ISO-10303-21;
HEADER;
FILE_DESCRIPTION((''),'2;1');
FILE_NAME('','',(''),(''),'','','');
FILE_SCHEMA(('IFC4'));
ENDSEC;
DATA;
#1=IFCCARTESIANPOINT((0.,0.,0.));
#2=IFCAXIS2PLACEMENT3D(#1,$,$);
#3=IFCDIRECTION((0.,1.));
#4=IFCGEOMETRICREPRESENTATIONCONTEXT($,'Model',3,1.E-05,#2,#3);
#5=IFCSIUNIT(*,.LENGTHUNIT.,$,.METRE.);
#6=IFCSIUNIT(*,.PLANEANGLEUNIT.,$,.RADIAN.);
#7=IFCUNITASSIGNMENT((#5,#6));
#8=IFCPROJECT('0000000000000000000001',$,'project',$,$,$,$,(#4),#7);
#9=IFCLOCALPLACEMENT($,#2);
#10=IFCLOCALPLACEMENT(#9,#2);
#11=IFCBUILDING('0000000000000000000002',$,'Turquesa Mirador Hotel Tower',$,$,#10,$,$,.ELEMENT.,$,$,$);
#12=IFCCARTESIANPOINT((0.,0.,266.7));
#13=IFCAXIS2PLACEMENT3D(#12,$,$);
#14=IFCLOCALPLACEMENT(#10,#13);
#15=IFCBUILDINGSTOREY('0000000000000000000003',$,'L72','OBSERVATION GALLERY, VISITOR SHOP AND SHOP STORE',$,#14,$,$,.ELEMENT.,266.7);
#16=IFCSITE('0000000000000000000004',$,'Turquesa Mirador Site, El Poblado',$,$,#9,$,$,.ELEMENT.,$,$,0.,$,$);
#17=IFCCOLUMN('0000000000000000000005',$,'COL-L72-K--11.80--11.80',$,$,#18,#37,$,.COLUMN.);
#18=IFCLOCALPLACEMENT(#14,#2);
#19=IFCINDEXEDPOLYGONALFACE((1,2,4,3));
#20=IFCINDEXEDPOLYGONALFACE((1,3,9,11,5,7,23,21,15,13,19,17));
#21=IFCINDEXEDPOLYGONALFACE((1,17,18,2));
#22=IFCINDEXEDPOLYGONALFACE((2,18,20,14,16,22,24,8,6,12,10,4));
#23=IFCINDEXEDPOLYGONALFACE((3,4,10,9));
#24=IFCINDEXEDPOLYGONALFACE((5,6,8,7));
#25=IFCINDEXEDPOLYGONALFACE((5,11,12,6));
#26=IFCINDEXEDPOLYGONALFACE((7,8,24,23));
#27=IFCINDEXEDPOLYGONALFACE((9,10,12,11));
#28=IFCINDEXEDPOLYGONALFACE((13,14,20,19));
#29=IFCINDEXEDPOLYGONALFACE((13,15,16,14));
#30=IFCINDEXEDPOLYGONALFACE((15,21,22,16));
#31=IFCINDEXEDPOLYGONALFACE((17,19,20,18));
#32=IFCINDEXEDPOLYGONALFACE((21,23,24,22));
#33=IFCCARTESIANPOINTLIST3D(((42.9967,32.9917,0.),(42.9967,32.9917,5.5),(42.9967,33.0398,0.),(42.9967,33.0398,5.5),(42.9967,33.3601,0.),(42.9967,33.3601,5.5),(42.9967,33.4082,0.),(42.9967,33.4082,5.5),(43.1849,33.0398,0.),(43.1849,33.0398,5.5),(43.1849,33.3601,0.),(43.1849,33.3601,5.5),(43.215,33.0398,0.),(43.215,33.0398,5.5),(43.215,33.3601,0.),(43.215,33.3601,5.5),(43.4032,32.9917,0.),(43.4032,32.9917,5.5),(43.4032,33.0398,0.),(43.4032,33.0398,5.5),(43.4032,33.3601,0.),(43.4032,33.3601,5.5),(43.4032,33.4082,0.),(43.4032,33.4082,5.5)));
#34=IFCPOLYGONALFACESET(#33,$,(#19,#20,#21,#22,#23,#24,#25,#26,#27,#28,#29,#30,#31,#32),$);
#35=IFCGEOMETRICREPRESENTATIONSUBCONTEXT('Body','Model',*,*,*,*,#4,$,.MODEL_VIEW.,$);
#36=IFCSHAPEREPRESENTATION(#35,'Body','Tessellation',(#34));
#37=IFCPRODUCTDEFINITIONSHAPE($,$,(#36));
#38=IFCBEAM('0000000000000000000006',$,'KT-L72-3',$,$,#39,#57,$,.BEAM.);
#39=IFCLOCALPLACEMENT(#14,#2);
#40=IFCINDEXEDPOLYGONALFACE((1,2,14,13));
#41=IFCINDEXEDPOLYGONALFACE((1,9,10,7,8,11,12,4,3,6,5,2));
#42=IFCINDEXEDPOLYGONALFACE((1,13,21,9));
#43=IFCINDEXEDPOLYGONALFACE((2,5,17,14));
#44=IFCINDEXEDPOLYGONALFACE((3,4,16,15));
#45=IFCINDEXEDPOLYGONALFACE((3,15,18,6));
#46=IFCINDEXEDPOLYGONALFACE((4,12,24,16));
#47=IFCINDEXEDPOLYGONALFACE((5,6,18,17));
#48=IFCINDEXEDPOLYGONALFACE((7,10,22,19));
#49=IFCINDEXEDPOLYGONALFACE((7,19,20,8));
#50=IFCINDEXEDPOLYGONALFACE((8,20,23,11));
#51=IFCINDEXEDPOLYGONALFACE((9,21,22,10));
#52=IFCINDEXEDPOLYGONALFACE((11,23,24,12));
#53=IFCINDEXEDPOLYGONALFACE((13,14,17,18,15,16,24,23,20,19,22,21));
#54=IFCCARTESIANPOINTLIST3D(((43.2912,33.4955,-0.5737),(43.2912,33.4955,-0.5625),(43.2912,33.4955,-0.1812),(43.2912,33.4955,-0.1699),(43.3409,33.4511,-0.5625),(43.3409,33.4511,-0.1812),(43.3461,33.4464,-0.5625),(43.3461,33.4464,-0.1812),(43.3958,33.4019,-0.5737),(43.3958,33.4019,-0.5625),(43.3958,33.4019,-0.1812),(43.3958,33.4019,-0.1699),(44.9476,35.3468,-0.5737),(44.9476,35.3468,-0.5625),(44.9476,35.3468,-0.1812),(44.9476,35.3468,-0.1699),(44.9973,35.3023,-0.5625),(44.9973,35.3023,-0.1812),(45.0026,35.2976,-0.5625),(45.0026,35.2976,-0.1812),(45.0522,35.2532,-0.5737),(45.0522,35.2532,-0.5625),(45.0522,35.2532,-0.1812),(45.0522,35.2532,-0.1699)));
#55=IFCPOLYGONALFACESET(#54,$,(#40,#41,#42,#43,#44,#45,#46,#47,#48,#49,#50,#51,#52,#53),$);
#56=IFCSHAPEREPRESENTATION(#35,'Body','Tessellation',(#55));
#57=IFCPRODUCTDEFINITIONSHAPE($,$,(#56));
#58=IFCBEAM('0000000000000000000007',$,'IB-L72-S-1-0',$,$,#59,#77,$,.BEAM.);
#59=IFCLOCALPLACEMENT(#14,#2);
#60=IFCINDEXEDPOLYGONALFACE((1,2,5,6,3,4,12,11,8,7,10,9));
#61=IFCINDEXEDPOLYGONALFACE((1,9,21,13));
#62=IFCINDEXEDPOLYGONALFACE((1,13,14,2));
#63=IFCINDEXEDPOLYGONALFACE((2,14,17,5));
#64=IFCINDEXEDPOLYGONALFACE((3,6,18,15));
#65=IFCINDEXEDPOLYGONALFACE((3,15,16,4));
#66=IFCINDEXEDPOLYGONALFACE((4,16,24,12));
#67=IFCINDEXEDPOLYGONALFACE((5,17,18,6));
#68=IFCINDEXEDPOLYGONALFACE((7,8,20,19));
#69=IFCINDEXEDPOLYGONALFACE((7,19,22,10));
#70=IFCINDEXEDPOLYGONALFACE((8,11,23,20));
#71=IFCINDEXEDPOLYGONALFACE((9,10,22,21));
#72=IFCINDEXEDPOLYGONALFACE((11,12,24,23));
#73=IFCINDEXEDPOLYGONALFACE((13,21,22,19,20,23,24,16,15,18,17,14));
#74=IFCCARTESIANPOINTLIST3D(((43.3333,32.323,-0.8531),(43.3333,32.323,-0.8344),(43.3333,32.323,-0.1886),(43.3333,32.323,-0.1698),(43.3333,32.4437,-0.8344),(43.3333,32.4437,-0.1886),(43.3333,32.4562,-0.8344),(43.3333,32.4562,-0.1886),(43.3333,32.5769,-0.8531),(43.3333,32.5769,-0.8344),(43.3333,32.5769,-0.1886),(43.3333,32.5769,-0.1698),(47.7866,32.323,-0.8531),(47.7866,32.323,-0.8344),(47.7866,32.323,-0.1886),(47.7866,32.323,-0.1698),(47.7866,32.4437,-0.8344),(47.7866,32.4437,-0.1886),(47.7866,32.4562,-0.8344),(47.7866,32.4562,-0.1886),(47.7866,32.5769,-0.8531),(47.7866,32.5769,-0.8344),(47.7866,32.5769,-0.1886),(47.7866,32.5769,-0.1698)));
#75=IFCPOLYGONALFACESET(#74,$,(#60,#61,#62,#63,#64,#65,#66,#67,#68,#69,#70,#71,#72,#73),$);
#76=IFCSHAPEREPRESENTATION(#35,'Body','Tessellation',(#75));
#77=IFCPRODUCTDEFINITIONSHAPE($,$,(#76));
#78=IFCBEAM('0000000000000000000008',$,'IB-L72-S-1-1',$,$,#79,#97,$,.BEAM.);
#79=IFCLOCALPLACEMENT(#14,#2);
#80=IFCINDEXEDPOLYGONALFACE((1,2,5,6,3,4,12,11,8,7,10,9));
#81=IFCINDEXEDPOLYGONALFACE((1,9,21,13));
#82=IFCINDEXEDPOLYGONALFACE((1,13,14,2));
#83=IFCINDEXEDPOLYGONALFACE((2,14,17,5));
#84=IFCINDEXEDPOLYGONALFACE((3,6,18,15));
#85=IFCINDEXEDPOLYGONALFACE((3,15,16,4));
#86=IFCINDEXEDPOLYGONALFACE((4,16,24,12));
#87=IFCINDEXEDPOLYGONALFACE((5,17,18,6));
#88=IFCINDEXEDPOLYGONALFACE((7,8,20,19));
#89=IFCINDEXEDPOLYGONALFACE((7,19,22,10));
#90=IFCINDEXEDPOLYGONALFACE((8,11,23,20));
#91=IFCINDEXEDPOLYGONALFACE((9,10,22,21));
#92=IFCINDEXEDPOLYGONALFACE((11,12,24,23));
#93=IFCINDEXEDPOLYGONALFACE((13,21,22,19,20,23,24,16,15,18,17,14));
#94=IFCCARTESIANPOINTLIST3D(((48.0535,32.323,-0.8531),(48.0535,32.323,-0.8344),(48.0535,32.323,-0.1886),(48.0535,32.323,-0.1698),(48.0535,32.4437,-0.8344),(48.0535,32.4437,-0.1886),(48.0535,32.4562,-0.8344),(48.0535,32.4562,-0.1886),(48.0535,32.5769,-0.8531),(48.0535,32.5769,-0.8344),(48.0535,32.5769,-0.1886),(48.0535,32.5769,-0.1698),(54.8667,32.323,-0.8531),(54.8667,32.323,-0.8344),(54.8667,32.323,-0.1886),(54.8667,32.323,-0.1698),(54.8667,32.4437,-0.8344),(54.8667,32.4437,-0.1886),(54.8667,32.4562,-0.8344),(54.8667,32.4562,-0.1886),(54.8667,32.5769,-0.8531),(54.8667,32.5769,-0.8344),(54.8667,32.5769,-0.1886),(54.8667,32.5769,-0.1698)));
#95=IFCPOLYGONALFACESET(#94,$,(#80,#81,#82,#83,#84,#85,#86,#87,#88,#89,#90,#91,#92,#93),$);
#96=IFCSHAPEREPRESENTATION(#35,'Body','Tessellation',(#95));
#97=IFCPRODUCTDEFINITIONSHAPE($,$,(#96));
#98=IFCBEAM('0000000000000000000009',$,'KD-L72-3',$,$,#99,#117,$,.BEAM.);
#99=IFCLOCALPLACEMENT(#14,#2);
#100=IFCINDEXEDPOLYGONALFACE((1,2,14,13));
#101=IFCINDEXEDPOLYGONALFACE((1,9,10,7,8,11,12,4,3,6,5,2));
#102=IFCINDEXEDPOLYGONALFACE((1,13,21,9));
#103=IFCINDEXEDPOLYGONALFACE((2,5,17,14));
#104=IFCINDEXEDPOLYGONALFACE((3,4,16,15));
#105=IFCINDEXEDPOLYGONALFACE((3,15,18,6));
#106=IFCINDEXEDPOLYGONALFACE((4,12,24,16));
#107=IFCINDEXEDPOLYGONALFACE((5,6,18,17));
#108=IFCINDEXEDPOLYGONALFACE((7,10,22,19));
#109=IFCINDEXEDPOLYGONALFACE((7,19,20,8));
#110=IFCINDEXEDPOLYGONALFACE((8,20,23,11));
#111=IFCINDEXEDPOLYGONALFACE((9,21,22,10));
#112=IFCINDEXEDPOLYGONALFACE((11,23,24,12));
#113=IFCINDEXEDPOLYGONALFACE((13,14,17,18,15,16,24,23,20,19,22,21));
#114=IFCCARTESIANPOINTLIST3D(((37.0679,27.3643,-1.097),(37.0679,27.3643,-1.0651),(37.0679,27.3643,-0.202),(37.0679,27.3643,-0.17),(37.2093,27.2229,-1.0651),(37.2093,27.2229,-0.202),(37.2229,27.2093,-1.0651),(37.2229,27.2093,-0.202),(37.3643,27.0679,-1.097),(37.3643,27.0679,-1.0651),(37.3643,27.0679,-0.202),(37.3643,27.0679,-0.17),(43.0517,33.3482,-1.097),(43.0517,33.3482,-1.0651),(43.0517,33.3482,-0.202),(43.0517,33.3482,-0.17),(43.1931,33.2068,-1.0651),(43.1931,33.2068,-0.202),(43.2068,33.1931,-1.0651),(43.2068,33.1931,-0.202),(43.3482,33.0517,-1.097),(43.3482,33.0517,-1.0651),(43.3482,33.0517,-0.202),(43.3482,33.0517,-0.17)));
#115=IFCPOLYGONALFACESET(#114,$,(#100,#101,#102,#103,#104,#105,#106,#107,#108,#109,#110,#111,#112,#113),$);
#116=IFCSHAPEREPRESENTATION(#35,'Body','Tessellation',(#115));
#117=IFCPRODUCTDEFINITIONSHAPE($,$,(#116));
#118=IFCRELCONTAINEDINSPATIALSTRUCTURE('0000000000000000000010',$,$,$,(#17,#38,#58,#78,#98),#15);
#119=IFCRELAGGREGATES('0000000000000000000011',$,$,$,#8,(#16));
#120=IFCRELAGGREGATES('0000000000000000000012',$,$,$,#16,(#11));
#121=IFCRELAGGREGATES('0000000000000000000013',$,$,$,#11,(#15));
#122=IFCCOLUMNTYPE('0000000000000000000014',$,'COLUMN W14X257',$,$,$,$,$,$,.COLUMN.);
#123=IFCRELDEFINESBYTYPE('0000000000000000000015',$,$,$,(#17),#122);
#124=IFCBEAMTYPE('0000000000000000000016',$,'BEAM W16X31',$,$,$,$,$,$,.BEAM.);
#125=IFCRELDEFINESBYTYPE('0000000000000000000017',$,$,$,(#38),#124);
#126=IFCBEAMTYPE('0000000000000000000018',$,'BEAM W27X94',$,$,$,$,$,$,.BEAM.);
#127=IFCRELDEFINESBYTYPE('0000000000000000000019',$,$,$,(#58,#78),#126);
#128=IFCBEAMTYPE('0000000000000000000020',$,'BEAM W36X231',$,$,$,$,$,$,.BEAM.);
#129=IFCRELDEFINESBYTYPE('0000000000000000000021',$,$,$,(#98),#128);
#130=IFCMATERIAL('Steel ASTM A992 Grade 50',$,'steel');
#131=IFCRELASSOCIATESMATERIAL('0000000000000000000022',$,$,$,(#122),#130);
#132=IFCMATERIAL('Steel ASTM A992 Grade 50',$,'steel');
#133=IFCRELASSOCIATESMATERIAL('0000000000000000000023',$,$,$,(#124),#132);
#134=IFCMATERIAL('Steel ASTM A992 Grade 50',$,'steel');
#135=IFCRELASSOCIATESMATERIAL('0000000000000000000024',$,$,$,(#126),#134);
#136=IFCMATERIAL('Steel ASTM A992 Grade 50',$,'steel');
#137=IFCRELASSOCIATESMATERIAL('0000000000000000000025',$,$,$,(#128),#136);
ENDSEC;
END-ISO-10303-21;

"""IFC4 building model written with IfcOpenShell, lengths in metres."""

from ifc_helpers import new_model, si_unit, direction, frame, origin, origin_2d, place, context, subcontext, project, spatial, i_section, extrude, material, material_profile, profile_set, type_object, element, save


model = new_model("IFC4")

# Units and contexts
model_context = context("Model", 3, precision=1e-05, world=origin(), true_north=direction((0.0, 1.0)))
body_context = subcontext(model_context, "Body", "Model", "MODEL_VIEW")
ifc_project = project(units=[si_unit("LENGTHUNIT", "METRE"), si_unit("PLANEANGLEUNIT", "RADIAN")], contexts=[model_context])

# Site, building, storey
site_placement = place(None, origin())
site = spatial("IfcSite", under=ifc_project, at=site_placement, Name="Turquesa Mirador Site, El Poblado", CompositionType="ELEMENT", RefElevation=0.0)
building_placement = place(site_placement, origin())
building = spatial("IfcBuilding", under=site, at=building_placement, Name="Turquesa Mirador Hotel Tower", CompositionType="ELEMENT")
storey_placement = place(building_placement, frame((0.0, 0.0, 266.7)))
storey = spatial("IfcBuildingStorey", under=building, at=storey_placement, Name="L72", Description="OBSERVATION GALLERY, VISITOR SHOP AND SHOP STORE", CompositionType="ELEMENT", Elevation=266.7)

# Column
ifc_material_1 = material(Name="Steel ASTM A992 Grade 50", Category="steel")
ifc_material_profile_1 = material_profile(ifc_material_1, i_section(OverallWidth=0.4065, OverallDepth=0.4165, WebThickness=0.03, FlangeThickness=0.0481, at=origin_2d()), Name="W14X257")
ifc_profile_set_1 = profile_set([ifc_material_profile_1], Name="Steel ASTM A992 Grade 50")
column_type = type_object("IfcColumnType", Name="COLUMN W14X257", PredefinedType="COLUMN", material=ifc_profile_set_1)
column_placement = place(storey_placement, frame((43.2, 33.2, 0.0), z_axis=(0.0, 0.0, 1.0), x_axis=(1.0, 0.0, 0.0)))
element("IfcColumn", 1, at=column_placement, inside=storey, type_object=column_type, Name="COL-L72-K--11.80--11.80", PredefinedType="COLUMN", context=body_context, shape_type="SweptSolid", body=[
    extrude(i_section(OverallWidth=0.4065, OverallDepth=0.4165, WebThickness=0.03, FlangeThickness=0.0481, at=origin_2d()), origin(), (0.0, 0.0, 1.0), 5.5),
])

# Beams
ifc_material_2 = material(Name="Steel ASTM A992 Grade 50", Category="steel")
ifc_material_profile_2 = material_profile(ifc_material_2, i_section(OverallWidth=0.1404, OverallDepth=0.4038, WebThickness=0.0071, FlangeThickness=0.0112, at=origin_2d()), Name="W16X31")
ifc_profile_set_2 = profile_set([ifc_material_profile_2], Name="Steel ASTM A992 Grade 50")
beam_type_1 = type_object("IfcBeamType", Name="BEAM W16X31", PredefinedType="BEAM", material=ifc_profile_set_2)
beam_1_placement = place(storey_placement, frame((43.3435, 33.4487, -0.3718), z_axis=(0.666806, 0.745231, 0.0), x_axis=(-0.745231, 0.666806, 0.0)))
element("IfcBeam", 2, at=beam_1_placement, inside=storey, type_object=beam_type_1, Name="KT-L72-3", PredefinedType="BEAM", context=body_context, shape_type="SweptSolid", body=[
    extrude(i_section(OverallWidth=0.1404, OverallDepth=0.4038, WebThickness=0.0071, FlangeThickness=0.0112, at=origin_2d()), origin(), (0.0, 0.0, 1.0), 2.4841),
])
ifc_material_3 = material(Name="Steel ASTM A992 Grade 50", Category="steel")
ifc_material_profile_3 = material_profile(ifc_material_3, i_section(OverallWidth=0.2539, OverallDepth=0.6833, WebThickness=0.0125, FlangeThickness=0.0188, at=origin_2d()), Name="W27X94")
ifc_profile_set_3 = profile_set([ifc_material_profile_3], Name="Steel ASTM A992 Grade 50")
beam_type_2 = type_object("IfcBeamType", Name="BEAM W27X94", PredefinedType="BEAM", material=ifc_profile_set_3)
beam_2_placement = place(storey_placement, frame((43.3333, 32.45, -0.5115), z_axis=(1.0, 0.0, 0.0), x_axis=(0.0, 1.0, 0.0)))
element("IfcBeam", 3, at=beam_2_placement, inside=storey, type_object=beam_type_2, Name="IB-L72-S-1-0", PredefinedType="BEAM", context=body_context, shape_type="SweptSolid", body=[
    extrude(i_section(OverallWidth=0.2539, OverallDepth=0.6833, WebThickness=0.0125, FlangeThickness=0.0188, at=origin_2d()), origin(), (0.0, 0.0, 1.0), 4.4534),
])
beam_3_placement = place(storey_placement, frame((48.0535, 32.45, -0.5115), z_axis=(1.0, 0.0, 0.0), x_axis=(0.0, 1.0, 0.0)))
element("IfcBeam", 4, at=beam_3_placement, inside=storey, type_object=beam_type_2, Name="IB-L72-S-1-1", PredefinedType="BEAM", context=body_context, shape_type="SweptSolid", body=[
    extrude(i_section(OverallWidth=0.2539, OverallDepth=0.6833, WebThickness=0.0125, FlangeThickness=0.0188, at=origin_2d()), origin(), (0.0, 0.0, 1.0), 6.8132),
])
ifc_material_4 = material(Name="Steel ASTM A992 Grade 50", Category="steel")
ifc_material_profile_4 = material_profile(ifc_material_4, i_section(OverallWidth=0.4192, OverallDepth=0.927, WebThickness=0.0193, FlangeThickness=0.032, at=origin_2d()), Name="W36X231")
ifc_profile_set_4 = profile_set([ifc_material_profile_4], Name="Steel ASTM A992 Grade 50")
beam_type_3 = type_object("IfcBeamType", Name="BEAM W36X231", PredefinedType="BEAM", material=ifc_profile_set_4)
beam_4_placement = place(storey_placement, frame((43.2, 33.2, -0.6335), z_axis=(-0.707107, -0.707107, 0.0), x_axis=(0.707107, -0.707107, 0.0)))
element("IfcBeam", 5, at=beam_4_placement, inside=storey, type_object=beam_type_3, Name="KD-L72-3", PredefinedType="BEAM", context=body_context, shape_type="SweptSolid", body=[
    extrude(i_section(OverallWidth=0.4192, OverallDepth=0.927, WebThickness=0.0193, FlangeThickness=0.032, at=origin_2d()), origin(), (0.0, 0.0, 1.0), 8.4624),
])

save(model, "model.ifc")
